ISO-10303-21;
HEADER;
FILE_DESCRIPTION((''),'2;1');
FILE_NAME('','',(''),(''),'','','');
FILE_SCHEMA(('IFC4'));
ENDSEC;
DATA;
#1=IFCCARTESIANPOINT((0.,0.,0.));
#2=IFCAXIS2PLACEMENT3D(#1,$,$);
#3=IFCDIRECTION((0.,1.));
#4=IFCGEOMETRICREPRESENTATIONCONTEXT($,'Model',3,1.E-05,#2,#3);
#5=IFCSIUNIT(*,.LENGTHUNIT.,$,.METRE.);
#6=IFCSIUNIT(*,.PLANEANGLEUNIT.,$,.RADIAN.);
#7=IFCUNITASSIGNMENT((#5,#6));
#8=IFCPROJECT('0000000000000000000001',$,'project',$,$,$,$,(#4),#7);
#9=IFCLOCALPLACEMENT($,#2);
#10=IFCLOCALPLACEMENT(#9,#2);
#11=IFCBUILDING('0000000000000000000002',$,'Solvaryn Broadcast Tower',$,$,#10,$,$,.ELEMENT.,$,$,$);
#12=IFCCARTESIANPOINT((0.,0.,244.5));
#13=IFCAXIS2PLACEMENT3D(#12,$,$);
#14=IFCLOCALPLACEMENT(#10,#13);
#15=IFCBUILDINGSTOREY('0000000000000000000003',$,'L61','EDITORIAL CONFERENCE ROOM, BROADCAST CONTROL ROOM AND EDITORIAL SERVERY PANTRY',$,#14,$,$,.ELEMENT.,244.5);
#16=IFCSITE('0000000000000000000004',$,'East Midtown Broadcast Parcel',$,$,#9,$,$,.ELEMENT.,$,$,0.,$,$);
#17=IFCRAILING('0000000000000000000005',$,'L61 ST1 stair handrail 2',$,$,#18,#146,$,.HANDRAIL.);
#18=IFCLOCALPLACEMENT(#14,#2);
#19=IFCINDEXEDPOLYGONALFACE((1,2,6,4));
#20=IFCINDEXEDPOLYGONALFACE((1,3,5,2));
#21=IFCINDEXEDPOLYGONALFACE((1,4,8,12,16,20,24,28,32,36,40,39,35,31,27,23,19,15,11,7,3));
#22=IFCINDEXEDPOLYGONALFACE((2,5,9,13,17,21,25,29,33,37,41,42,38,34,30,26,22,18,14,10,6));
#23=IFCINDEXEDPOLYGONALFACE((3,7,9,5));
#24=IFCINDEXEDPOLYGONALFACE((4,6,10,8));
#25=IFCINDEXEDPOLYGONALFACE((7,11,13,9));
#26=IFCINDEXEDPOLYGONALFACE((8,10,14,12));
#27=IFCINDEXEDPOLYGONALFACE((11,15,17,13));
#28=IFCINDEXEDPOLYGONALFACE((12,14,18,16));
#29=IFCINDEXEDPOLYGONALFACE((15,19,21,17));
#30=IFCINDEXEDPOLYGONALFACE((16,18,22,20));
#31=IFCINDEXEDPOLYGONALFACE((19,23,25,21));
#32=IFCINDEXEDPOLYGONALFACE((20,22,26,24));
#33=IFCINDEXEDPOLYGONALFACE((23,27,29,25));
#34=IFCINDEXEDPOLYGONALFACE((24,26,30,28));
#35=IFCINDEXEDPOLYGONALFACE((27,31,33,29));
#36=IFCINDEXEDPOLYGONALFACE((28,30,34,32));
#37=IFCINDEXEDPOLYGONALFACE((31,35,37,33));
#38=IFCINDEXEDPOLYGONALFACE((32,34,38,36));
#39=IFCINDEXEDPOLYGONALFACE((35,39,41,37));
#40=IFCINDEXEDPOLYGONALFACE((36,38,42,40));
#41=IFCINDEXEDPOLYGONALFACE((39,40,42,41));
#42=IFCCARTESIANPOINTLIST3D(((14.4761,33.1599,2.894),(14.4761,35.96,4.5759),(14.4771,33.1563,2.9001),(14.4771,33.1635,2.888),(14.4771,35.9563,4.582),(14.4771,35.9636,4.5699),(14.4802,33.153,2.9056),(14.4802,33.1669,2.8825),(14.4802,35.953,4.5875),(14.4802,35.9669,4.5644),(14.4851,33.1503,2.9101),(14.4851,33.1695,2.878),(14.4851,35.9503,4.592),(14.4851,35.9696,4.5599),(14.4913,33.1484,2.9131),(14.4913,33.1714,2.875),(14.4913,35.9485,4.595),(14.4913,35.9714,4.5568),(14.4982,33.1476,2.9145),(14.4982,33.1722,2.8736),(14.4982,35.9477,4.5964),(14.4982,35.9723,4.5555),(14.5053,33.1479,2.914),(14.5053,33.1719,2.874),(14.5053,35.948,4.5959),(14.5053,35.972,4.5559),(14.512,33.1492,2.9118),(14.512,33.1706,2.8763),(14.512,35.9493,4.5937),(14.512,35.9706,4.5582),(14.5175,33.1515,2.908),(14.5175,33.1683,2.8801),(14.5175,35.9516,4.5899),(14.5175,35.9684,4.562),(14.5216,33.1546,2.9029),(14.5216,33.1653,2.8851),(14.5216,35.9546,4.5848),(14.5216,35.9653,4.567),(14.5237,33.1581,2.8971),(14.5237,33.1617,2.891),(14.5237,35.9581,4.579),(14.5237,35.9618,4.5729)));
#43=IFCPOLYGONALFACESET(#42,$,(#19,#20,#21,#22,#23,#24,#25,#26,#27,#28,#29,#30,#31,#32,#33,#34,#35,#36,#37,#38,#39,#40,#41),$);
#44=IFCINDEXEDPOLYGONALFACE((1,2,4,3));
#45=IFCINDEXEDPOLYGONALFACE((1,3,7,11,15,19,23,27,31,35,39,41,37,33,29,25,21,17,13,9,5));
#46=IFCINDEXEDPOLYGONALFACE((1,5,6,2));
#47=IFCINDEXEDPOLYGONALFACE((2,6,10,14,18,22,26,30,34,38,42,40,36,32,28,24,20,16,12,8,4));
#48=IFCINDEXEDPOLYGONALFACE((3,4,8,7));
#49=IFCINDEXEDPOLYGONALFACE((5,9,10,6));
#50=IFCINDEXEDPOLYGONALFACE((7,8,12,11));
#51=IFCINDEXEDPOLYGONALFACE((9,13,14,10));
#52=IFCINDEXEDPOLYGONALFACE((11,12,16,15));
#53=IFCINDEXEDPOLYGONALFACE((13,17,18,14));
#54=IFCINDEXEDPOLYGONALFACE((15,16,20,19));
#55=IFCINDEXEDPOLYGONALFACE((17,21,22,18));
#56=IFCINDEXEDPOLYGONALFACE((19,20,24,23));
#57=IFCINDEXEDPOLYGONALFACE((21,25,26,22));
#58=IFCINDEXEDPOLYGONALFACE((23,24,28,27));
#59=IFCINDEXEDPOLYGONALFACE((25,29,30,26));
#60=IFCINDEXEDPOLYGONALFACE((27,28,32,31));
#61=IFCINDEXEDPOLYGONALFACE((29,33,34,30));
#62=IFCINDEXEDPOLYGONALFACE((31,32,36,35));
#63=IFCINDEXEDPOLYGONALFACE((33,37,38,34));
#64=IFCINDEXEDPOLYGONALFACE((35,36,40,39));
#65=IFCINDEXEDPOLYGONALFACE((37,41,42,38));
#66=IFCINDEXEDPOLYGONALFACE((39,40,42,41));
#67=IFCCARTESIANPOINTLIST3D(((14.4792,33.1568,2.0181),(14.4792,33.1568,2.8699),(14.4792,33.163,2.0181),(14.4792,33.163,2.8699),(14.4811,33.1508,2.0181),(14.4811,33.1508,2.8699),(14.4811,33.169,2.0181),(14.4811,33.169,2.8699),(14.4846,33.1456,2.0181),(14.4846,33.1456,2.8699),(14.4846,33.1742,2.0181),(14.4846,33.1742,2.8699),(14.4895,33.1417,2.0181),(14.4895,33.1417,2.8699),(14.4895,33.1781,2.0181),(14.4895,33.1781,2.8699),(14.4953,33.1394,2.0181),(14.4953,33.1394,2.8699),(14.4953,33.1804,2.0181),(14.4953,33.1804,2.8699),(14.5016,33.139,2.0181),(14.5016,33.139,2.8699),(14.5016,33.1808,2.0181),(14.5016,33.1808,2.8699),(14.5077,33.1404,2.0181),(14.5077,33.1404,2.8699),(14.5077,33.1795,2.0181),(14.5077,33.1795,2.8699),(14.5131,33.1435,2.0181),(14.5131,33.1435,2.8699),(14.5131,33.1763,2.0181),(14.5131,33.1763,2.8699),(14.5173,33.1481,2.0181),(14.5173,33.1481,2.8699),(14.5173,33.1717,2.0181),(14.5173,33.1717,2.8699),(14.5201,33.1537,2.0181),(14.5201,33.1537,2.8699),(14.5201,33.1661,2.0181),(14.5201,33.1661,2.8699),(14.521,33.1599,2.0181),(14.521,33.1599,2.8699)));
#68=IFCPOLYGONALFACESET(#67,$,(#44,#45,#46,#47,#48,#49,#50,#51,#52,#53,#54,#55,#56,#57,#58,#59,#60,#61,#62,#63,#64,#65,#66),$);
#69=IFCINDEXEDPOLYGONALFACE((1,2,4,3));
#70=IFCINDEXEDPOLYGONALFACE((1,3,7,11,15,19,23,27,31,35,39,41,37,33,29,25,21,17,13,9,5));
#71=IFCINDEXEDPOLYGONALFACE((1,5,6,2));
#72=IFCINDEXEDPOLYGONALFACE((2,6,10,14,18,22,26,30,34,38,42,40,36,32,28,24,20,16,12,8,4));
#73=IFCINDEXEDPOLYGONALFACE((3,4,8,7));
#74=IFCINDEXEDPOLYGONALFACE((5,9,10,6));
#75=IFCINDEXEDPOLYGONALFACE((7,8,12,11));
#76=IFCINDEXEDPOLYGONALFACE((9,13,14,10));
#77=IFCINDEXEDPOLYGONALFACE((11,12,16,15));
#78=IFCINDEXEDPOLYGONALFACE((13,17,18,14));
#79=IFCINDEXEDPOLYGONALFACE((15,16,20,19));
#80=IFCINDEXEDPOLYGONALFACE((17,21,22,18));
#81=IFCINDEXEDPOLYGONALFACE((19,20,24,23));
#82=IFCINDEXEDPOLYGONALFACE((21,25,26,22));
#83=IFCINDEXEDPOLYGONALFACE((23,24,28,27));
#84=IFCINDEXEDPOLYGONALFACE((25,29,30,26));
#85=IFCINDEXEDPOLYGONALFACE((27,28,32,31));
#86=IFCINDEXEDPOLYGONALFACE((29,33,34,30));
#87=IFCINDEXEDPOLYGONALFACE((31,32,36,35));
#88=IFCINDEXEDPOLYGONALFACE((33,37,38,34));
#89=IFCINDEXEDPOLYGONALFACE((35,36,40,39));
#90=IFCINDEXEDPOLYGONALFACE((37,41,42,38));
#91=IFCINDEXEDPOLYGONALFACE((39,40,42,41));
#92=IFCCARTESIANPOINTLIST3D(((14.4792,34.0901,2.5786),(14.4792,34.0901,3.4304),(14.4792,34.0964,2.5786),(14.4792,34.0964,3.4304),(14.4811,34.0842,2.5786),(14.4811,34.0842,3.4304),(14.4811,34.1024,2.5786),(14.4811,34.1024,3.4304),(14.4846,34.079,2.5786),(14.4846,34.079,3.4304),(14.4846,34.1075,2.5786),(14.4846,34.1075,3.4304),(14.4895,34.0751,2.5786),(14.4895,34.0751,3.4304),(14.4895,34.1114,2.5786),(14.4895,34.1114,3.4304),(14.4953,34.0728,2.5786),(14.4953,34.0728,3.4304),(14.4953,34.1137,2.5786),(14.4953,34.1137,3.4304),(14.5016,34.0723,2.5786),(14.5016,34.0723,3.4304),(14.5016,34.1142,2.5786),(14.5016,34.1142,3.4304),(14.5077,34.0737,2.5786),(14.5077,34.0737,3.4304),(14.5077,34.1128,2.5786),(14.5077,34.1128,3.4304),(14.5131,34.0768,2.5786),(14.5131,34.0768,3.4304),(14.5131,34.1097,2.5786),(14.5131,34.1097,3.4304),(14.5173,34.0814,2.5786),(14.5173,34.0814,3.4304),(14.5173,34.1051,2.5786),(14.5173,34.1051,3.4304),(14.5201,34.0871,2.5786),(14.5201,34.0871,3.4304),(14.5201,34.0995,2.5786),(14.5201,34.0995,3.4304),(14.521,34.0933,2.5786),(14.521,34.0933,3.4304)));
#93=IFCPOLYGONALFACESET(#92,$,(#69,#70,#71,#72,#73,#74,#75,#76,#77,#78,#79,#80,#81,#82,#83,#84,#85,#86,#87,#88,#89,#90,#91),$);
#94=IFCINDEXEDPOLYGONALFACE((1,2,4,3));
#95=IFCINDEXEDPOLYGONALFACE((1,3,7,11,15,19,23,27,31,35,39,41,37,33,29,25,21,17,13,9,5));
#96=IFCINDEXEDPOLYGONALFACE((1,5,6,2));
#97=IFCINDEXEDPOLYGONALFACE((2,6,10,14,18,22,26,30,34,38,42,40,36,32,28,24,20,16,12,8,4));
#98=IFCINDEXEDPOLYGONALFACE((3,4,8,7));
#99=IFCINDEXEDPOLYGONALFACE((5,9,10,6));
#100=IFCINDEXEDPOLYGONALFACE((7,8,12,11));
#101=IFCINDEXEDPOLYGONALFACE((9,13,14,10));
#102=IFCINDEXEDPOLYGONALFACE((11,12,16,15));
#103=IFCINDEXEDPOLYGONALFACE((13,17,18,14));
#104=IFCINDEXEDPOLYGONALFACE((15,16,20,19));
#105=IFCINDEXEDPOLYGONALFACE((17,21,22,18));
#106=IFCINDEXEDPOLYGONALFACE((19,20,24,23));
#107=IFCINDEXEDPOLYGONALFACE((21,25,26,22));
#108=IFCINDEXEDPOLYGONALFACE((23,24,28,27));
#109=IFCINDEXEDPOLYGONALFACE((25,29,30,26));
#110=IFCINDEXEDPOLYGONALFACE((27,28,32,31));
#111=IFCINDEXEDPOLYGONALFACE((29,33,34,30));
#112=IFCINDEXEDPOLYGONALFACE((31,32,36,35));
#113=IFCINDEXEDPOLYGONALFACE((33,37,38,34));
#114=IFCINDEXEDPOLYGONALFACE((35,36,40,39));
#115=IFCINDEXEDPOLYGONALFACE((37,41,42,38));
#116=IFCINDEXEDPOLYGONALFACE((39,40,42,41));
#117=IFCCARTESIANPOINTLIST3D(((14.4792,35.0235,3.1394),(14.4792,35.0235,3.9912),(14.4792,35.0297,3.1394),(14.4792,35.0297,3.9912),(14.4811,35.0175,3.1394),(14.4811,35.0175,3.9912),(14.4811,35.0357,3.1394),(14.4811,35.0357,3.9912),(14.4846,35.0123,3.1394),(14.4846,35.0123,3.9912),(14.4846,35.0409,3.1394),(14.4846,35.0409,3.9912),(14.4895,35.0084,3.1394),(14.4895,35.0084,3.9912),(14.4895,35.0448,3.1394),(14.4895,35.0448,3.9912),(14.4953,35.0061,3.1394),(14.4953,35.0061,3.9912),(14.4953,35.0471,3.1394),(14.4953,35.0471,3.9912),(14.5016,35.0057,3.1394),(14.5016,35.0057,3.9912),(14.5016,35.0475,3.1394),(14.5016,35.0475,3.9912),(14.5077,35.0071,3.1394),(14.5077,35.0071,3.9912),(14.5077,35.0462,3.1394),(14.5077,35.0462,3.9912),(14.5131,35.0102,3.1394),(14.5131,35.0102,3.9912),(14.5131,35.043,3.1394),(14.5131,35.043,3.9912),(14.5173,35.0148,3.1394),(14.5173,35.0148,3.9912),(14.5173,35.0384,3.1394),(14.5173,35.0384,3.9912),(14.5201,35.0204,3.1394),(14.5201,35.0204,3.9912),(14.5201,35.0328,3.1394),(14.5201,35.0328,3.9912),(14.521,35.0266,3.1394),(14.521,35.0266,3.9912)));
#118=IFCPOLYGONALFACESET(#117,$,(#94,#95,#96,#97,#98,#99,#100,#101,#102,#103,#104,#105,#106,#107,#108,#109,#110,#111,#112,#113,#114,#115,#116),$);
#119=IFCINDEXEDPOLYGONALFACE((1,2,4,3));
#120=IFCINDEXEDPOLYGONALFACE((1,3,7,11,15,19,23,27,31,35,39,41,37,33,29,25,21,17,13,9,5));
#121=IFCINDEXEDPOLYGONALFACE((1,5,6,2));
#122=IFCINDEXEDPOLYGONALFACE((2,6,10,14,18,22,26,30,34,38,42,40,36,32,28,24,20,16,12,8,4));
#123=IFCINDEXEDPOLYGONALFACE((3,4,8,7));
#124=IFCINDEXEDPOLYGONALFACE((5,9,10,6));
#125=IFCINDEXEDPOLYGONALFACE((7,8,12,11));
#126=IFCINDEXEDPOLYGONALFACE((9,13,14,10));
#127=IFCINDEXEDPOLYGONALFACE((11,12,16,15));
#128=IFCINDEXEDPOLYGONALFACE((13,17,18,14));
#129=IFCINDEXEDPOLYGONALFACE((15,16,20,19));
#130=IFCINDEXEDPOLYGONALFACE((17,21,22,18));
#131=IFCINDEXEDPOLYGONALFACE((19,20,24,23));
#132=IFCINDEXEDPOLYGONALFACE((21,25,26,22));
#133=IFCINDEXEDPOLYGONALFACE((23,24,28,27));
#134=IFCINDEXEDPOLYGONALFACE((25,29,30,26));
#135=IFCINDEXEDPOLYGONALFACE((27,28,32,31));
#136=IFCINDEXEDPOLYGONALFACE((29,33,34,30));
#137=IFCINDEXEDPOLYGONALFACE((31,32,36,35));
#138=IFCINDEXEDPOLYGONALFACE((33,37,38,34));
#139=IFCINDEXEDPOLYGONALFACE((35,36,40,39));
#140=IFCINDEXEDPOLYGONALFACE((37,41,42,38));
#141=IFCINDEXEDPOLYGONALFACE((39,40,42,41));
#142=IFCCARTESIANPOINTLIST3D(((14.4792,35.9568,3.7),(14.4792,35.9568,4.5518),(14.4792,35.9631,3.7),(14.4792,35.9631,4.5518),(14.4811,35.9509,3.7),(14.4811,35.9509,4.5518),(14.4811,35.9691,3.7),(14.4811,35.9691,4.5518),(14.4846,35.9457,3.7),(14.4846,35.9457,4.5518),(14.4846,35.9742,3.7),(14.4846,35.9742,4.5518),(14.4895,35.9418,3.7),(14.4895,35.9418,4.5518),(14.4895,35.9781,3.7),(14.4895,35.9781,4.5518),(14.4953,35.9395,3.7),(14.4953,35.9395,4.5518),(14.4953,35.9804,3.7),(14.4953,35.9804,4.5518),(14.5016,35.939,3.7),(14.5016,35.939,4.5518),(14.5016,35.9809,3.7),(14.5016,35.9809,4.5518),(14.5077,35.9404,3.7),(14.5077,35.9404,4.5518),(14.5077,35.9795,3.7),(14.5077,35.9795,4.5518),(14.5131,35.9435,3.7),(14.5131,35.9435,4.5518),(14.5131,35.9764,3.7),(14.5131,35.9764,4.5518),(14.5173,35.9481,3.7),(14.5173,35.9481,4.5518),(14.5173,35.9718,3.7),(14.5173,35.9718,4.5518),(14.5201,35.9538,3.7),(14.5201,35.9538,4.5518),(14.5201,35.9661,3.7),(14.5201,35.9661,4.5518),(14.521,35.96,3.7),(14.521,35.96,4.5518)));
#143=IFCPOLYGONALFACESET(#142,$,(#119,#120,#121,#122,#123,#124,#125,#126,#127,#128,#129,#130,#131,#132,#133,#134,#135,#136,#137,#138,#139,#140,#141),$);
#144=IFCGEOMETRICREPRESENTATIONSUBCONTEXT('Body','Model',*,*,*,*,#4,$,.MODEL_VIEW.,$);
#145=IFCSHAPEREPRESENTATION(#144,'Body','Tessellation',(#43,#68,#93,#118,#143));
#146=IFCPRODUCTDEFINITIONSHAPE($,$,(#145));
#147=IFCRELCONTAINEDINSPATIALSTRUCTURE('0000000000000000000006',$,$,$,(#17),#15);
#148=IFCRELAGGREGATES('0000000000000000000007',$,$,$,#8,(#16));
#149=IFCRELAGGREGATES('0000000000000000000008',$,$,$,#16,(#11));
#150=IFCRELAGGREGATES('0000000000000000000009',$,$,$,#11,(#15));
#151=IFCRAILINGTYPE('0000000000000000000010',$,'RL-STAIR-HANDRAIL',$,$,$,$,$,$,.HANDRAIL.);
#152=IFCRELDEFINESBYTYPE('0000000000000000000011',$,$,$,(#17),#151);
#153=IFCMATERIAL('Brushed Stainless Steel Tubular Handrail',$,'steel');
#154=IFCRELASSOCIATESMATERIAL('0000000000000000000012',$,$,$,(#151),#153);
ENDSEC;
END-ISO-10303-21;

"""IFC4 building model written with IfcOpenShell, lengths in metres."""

from ifc_helpers import new_model, si_unit, direction, frame, origin, origin_2d, place, context, subcontext, project, spatial, circle, extrude, material, type_object, element, save


model = new_model("IFC4")

# Units and contexts
model_context = context("Model", 3, precision=1e-05, world=origin(), true_north=direction((0.0, 1.0)))
body_context = subcontext(model_context, "Body", "Model", "MODEL_VIEW")
ifc_project = project(units=[si_unit("LENGTHUNIT", "METRE"), si_unit("PLANEANGLEUNIT", "RADIAN")], contexts=[model_context])

# Site, building, storey
site_placement = place(None, origin())
site = spatial("IfcSite", under=ifc_project, at=site_placement, Name="East Midtown Broadcast Parcel", CompositionType="ELEMENT", RefElevation=0.0)
building_placement = place(site_placement, origin())
building = spatial("IfcBuilding", under=site, at=building_placement, Name="Solvaryn Broadcast Tower", CompositionType="ELEMENT")
storey_placement = place(building_placement, frame((0.0, 0.0, 244.5)))
storey = spatial("IfcBuildingStorey", under=building, at=storey_placement, Name="L61", Description="EDITORIAL CONFERENCE ROOM, BROADCAST CONTROL ROOM AND EDITORIAL SERVERY PANTRY", CompositionType="ELEMENT", Elevation=244.5)

# Railing
ifc_material_1 = material(Name="Brushed Stainless Steel Tubular Handrail", Category="steel")
railing_type_1 = type_object("IfcRailingType", Name="RL-STAIR-HANDRAIL", PredefinedType="HANDRAIL", material=ifc_material_1)
railing_1_placement = place(storey_placement, frame((14.5, 33.1599, 2.0181)))
element("IfcRailing", 1, at=railing_1_placement, inside=storey, type_object=railing_type_1, Name="L61 ST1 stair handrail 2", PredefinedType="HANDRAIL", context=body_context, shape_type="SweptSolid", body=[
    extrude(circle(Radius=0.0239, at=origin_2d()), frame((0.0, 0.0, 0.876), z_axis=(0.0, 0.857242, 0.514913), x_axis=(-1.0, 0.0, 0.0)), (0.0, 0.0, 1.0), 3.2664),
    extrude(circle(Radius=0.021, at=origin_2d()), origin(), (0.0, 0.0, 1.0), 0.8518),
    extrude(circle(Radius=0.021, at=origin_2d()), frame((0.0, 0.9333, 0.5605)), (0.0, 0.0, 1.0), 0.8518),
    extrude(circle(Radius=0.021, at=origin_2d()), frame((0.0, 1.8667, 1.1213)), (0.0, 0.0, 1.0), 0.8518),
    extrude(circle(Radius=0.021, at=origin_2d()), frame((0.0, 2.8, 1.6819)), (0.0, 0.0, 1.0), 0.8518),
])

save(model, "model.ifc")
